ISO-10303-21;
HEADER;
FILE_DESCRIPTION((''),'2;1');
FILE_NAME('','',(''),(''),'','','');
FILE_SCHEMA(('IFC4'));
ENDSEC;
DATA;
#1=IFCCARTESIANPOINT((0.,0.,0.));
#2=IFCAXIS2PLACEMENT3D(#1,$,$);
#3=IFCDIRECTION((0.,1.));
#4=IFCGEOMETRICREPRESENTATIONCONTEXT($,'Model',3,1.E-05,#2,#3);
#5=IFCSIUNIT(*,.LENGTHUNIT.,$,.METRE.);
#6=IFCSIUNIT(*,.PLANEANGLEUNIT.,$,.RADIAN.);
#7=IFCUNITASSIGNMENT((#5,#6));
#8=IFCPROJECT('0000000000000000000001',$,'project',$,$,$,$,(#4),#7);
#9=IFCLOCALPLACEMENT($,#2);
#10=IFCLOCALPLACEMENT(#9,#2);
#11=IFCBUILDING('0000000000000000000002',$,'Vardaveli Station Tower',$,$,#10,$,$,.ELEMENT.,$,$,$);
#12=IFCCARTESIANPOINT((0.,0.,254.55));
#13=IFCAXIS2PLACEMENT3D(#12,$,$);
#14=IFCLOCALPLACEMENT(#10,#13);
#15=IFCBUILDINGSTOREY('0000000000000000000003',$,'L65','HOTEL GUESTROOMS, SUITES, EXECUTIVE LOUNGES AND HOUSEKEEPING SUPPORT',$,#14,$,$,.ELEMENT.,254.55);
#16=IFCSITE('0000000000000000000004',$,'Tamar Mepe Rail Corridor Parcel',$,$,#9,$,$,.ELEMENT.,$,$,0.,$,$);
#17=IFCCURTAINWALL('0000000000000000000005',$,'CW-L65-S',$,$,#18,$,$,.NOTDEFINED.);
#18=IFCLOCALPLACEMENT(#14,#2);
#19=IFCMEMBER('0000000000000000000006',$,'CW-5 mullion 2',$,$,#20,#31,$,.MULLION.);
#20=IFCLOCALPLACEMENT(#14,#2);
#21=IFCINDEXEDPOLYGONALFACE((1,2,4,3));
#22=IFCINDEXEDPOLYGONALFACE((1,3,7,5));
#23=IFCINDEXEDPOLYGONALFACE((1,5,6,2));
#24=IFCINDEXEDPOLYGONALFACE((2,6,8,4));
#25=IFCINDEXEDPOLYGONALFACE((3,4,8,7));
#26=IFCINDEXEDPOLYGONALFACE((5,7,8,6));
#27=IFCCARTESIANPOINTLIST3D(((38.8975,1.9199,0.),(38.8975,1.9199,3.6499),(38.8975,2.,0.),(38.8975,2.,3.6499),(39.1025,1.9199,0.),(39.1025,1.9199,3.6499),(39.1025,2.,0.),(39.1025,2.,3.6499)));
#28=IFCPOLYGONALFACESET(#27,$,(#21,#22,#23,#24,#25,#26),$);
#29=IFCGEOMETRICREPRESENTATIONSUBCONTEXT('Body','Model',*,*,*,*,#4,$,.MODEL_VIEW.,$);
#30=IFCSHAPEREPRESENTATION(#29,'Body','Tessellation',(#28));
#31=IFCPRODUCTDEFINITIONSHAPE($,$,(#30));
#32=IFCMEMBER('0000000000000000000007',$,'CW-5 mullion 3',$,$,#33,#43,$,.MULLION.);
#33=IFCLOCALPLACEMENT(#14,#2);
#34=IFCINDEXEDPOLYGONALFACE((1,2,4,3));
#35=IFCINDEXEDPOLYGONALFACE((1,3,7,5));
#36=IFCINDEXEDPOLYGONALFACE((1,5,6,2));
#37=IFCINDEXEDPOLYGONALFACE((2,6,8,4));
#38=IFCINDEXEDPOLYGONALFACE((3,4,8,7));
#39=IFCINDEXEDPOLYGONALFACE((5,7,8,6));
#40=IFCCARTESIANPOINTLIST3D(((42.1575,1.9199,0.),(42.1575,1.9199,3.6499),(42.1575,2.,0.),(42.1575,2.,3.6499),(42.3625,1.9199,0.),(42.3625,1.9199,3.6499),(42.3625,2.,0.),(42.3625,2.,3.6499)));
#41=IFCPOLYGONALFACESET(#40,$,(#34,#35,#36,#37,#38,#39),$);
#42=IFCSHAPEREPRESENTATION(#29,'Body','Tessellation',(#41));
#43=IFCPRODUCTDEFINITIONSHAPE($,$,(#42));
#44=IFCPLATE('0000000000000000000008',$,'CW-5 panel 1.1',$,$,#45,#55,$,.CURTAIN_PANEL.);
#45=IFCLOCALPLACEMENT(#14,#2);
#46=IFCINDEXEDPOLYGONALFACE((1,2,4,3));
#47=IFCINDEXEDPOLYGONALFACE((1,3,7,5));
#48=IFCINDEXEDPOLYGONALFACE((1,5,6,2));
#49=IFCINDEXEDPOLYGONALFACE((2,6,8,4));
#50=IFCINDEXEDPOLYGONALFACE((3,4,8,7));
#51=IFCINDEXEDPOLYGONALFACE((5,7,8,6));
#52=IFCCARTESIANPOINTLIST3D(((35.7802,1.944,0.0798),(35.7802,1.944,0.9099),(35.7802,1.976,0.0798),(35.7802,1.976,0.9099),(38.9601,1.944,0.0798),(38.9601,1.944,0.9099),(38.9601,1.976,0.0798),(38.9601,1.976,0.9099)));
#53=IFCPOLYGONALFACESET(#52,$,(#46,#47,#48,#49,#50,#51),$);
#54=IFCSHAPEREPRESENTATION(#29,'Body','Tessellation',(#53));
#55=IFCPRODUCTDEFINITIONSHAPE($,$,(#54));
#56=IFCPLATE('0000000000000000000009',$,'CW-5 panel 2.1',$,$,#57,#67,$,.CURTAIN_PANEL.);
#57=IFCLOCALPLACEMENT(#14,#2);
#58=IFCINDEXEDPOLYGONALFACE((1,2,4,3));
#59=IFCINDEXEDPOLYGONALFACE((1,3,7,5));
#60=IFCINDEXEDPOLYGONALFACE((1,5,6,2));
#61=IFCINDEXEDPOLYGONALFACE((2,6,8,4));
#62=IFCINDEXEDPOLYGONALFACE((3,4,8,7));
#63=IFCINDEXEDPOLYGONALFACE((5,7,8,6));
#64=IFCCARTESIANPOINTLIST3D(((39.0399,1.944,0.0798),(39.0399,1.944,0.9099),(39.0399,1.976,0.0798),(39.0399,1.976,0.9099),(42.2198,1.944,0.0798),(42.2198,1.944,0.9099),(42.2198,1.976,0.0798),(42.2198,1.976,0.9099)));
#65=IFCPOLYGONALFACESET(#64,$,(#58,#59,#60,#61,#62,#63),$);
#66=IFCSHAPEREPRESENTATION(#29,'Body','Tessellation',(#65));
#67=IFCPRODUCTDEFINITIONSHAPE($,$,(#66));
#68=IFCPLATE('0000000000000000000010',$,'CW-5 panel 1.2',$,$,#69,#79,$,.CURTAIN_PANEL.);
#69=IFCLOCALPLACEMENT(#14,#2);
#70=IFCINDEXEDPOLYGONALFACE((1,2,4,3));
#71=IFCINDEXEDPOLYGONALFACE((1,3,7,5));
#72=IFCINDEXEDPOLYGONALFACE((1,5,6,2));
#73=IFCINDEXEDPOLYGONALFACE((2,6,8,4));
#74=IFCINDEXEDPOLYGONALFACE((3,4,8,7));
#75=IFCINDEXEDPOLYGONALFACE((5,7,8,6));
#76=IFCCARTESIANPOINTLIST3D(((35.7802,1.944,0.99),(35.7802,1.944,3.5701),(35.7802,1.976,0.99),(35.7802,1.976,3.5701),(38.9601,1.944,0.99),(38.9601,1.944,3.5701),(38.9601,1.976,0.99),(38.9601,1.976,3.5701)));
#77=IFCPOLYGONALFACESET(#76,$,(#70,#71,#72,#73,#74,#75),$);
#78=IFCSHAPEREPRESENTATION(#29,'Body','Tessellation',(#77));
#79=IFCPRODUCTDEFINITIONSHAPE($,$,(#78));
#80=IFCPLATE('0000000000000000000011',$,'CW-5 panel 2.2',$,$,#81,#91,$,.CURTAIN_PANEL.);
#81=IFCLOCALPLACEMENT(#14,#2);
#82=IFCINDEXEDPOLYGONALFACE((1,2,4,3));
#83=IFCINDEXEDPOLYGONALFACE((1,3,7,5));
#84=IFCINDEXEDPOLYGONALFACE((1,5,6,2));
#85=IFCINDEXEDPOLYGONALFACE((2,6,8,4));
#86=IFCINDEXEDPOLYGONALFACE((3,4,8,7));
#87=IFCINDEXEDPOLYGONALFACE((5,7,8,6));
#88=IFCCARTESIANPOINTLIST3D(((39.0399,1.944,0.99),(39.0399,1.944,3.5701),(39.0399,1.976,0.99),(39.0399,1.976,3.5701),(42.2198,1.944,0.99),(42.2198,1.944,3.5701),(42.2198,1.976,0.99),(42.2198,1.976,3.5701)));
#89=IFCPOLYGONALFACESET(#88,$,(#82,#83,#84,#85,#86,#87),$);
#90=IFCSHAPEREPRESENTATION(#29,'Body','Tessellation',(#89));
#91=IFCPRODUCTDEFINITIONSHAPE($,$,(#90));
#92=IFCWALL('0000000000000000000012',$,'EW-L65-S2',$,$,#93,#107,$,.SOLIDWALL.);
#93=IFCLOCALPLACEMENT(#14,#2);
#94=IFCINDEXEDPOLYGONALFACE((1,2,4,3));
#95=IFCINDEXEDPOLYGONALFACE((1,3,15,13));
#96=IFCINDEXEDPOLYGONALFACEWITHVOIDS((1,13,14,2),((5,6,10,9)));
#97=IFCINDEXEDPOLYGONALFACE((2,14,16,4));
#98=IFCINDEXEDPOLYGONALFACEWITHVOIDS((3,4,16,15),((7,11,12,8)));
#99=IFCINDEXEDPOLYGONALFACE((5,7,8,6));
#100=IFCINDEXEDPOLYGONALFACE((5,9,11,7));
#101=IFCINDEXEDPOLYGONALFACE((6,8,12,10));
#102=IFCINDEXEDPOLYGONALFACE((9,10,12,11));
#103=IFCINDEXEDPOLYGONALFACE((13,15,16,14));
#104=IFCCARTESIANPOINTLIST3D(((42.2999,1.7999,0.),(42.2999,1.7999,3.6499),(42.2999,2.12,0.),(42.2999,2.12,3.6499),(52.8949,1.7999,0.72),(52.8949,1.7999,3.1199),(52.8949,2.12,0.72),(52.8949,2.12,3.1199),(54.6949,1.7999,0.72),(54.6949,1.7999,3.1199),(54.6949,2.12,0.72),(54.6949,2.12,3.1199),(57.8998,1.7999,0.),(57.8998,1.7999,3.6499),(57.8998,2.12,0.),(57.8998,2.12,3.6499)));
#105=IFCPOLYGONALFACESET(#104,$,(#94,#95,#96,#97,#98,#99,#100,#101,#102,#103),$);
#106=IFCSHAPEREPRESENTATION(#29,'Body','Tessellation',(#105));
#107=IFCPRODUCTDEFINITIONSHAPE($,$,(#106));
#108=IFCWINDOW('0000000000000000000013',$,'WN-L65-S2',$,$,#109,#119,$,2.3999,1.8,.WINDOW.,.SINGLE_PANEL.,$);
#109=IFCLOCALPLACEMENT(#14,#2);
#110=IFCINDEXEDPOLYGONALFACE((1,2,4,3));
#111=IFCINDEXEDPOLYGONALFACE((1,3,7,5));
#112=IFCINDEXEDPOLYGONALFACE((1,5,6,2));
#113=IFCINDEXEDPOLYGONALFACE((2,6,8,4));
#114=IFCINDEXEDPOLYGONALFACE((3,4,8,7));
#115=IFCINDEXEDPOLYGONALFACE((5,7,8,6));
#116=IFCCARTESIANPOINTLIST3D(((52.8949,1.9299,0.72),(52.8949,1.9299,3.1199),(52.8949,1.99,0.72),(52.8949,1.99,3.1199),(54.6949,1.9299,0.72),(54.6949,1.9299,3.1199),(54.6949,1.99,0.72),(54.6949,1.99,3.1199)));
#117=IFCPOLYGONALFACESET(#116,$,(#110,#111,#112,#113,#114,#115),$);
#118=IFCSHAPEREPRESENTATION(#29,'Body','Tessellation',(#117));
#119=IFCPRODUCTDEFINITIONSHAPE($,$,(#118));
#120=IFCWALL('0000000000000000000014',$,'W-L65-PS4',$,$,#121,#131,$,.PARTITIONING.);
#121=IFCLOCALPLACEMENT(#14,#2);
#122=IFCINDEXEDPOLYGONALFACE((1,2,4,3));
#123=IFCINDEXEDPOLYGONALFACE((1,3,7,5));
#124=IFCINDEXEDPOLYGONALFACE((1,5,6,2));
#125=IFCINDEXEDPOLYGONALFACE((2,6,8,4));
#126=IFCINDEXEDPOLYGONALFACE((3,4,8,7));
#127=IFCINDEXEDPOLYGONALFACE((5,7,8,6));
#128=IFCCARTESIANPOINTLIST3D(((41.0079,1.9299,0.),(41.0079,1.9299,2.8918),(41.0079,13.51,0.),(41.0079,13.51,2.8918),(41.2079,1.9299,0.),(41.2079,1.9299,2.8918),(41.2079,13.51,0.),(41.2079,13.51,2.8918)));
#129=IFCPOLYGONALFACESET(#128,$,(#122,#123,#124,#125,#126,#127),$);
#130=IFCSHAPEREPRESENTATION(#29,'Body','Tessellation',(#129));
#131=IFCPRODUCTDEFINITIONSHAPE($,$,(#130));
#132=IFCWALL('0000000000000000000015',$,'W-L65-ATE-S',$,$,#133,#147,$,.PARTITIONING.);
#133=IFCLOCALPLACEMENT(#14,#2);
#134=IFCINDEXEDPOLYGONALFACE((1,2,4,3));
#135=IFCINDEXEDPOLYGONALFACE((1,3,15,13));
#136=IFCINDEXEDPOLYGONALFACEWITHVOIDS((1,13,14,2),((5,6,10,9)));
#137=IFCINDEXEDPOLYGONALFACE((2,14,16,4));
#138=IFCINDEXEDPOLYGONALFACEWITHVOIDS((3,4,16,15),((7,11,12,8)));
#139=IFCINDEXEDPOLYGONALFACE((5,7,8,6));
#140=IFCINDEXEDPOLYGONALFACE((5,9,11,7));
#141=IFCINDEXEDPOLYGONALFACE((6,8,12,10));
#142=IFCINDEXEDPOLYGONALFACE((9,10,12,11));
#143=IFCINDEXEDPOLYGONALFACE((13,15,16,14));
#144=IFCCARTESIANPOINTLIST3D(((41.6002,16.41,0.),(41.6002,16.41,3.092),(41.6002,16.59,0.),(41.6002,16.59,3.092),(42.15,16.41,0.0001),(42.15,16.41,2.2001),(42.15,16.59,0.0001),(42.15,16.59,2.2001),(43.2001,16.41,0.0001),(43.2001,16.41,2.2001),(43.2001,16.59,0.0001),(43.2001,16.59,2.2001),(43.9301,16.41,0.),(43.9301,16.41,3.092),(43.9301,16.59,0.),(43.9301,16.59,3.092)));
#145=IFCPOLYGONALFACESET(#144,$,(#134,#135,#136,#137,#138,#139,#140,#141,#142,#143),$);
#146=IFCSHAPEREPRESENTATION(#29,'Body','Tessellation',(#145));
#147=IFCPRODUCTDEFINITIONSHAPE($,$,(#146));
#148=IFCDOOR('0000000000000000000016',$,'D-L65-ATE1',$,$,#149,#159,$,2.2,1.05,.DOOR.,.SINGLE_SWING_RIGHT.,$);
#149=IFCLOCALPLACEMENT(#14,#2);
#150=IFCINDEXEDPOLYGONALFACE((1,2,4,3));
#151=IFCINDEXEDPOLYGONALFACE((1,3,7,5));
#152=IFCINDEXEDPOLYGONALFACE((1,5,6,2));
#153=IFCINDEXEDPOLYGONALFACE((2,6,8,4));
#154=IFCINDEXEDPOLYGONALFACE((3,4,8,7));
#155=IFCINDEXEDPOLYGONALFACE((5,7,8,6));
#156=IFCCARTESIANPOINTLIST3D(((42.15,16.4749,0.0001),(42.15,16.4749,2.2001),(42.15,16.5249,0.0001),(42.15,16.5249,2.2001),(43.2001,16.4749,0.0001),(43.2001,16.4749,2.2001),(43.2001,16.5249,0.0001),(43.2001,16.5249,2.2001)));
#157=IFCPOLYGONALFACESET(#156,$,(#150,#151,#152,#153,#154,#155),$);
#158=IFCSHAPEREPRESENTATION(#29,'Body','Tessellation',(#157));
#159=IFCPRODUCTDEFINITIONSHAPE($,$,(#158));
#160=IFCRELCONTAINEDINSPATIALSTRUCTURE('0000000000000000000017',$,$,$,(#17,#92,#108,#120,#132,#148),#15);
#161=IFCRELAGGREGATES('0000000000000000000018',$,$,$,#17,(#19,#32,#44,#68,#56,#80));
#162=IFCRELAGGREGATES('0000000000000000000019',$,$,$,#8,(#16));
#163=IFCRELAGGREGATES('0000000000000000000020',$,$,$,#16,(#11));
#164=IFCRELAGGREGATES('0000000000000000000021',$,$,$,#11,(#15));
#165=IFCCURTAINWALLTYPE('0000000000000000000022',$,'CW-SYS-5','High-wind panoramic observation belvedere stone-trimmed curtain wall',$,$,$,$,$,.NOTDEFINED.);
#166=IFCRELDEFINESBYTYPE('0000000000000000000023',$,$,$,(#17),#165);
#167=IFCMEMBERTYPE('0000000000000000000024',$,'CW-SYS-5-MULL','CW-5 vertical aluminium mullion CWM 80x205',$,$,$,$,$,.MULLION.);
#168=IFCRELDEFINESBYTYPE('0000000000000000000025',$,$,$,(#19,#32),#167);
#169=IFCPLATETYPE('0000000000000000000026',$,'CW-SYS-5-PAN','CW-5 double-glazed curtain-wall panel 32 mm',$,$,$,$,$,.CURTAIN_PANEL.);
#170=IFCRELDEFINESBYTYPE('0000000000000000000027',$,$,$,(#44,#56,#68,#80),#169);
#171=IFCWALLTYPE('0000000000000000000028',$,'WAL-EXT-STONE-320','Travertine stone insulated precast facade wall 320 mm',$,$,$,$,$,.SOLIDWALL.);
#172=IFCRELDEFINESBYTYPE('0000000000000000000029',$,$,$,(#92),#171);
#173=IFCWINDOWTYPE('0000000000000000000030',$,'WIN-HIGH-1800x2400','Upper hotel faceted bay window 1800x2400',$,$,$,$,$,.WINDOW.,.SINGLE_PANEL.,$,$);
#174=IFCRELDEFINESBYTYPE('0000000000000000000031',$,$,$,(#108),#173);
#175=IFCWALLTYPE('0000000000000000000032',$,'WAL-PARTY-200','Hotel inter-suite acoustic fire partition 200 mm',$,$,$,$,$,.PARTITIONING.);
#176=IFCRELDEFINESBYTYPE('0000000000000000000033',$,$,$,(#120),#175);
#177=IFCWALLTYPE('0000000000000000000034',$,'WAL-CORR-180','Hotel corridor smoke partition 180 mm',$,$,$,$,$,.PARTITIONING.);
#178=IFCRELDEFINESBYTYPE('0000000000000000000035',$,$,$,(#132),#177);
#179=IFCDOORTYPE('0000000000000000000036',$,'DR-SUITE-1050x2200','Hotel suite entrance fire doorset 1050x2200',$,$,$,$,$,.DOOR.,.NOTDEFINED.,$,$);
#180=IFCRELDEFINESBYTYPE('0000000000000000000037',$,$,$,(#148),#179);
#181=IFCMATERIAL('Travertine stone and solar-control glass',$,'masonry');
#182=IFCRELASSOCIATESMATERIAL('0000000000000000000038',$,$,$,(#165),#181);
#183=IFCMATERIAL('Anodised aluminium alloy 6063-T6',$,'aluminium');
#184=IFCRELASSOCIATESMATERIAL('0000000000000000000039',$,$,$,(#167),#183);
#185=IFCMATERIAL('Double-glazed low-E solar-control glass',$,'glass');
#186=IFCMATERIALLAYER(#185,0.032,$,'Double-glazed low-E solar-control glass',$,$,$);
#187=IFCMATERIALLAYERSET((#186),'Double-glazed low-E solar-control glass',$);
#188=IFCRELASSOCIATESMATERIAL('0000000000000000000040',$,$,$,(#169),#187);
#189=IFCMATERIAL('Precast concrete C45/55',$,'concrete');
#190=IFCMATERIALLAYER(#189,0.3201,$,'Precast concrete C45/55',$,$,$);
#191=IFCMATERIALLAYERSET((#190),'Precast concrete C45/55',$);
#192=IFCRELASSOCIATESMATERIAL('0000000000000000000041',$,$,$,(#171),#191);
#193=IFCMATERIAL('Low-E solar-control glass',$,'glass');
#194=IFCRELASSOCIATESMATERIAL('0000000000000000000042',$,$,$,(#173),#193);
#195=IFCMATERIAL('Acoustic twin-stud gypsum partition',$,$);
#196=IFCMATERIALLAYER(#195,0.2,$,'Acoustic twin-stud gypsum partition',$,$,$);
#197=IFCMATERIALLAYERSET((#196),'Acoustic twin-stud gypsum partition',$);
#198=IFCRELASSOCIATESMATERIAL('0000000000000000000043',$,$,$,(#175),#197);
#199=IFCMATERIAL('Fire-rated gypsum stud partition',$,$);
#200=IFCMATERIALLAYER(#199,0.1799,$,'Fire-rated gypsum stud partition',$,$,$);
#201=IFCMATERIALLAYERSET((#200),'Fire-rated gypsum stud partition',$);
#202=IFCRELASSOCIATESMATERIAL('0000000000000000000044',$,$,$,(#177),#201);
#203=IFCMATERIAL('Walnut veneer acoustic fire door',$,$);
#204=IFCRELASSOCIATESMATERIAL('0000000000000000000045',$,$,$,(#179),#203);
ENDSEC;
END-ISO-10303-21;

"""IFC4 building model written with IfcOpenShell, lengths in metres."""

from ifc_helpers import new_model, si_unit, direction, frame, frame_2d, origin, origin_2d, place, context, subcontext, project, spatial, rectangle, extrude, source, transform, mapped, material, layer, layer_set, material_profile, profile_set, type_object, element, fill, aggregate, save


model = new_model("IFC4")

# Units and contexts
model_context = context("Model", 3, precision=1e-05, world=origin(), true_north=direction((0.0, 1.0)))
body_context = subcontext(model_context, "Body", "Model", "MODEL_VIEW")
ifc_project = project(units=[si_unit("LENGTHUNIT", "METRE"), si_unit("PLANEANGLEUNIT", "RADIAN")], contexts=[model_context])

# Site, building, storey
site_placement = place(None, origin())
site = spatial("IfcSite", under=ifc_project, at=site_placement, Name="Tamar Mepe Rail Corridor Parcel", CompositionType="ELEMENT", RefElevation=0.0)
building_placement = place(site_placement, origin())
building = spatial("IfcBuilding", under=site, at=building_placement, Name="Vardaveli Station Tower", CompositionType="ELEMENT")
storey_placement = place(building_placement, frame((0.0, 0.0, 254.55)))
storey = spatial("IfcBuildingStorey", under=building, at=storey_placement, Name="L65", Description="HOTEL GUESTROOMS, SUITES, EXECUTIVE LOUNGES AND HOUSEKEEPING SUPPORT", CompositionType="ELEMENT", Elevation=254.55)

# Shared definitions
ifc_material_1 = material(Name="Precast concrete C45/55", Category="concrete")

# Curtain wall, members, plates
ifc_material_2 = material(Name="Travertine stone and solar-control glass", Category="masonry")
curtain_wall_type = type_object("IfcCurtainWallType", Name="CW-SYS-5", Description="High-wind panoramic observation belvedere stone-trimmed curtain wall", PredefinedType="NOTDEFINED", material=ifc_material_2)
curtain_wall_placement = place(storey_placement, origin())
curtain_wall = element("IfcCurtainWall", 1, at=curtain_wall_placement, inside=storey, type_object=curtain_wall_type, Name="CW-L65-S", PredefinedType="NOTDEFINED")
ifc_material_3 = material(Name="Anodised aluminium alloy 6063-T6", Category="aluminium")
ifc_material_profile_1 = material_profile(ifc_material_3, rectangle(XDim=0.0801, YDim=0.2051, at=origin_2d()), Name="CWM 80x205")
ifc_profile_set_1 = profile_set([ifc_material_profile_1], Name="Anodised aluminium alloy 6063-T6")
member_type_1 = type_object("IfcMemberType", Name="CW-SYS-5-MULL", Description="CW-5 vertical aluminium mullion CWM 80x205", PredefinedType="MULLION", material=ifc_profile_set_1)
shared_shape_1 = source(origin(), body_context, "Body", "SweptSolid", [
    extrude(rectangle(XDim=0.0801, YDim=0.2051, at=origin_2d()), origin(), (0.0, 0.0, 1.0), 3.6499),
])
member_1_placement = place(storey_placement, frame((39.0, 1.96, 0.0), z_axis=(0.0, 0.0, 1.0), x_axis=(0.0, 1.0, 0.0)))
member_1 = element("IfcMember", 2, at=member_1_placement, type_object=member_type_1, Name="CW-5 mullion 2", PredefinedType="MULLION", context=body_context, shape_type="MappedRepresentation", body=[
    mapped(shared_shape_1, transform((0.0, 0.0, 0.0), scale=1.0)),
])
member_2_placement = place(storey_placement, frame((42.26, 1.96, 0.0), z_axis=(0.0, 0.0, 1.0), x_axis=(0.0, 1.0, 0.0)))
member_2 = element("IfcMember", 3, at=member_2_placement, type_object=member_type_1, Name="CW-5 mullion 3", PredefinedType="MULLION", context=body_context, shape_type="MappedRepresentation", body=[
    mapped(shared_shape_1, transform((0.0, 0.0, 0.0), scale=1.0)),
])
ifc_material_4 = material(Name="Double-glazed low-E solar-control glass", Category="glass")
ifc_layer_1 = layer(ifc_material_4, 0.032, Name="Double-glazed low-E solar-control glass")
ifc_layer_set_1 = layer_set([ifc_layer_1], Name="Double-glazed low-E solar-control glass")
plate_type = type_object("IfcPlateType", Name="CW-SYS-5-PAN", Description="CW-5 double-glazed curtain-wall panel 32 mm", PredefinedType="CURTAIN_PANEL", material=ifc_layer_set_1)
shared_shape_2 = source(origin(), body_context, "Body", "SweptSolid", [
    extrude(rectangle(XDim=3.1799, YDim=0.032, at=origin_2d()), origin(), (0.0, 0.0, 1.0), 0.8301),
])
plate_1_placement = place(storey_placement, frame((37.3701, 1.96, 0.0798), z_axis=(0.0, 0.0, 1.0), x_axis=(1.0, 0.0, 0.0)))
plate_1 = element("IfcPlate", 4, at=plate_1_placement, type_object=plate_type, Name="CW-5 panel 1.1", PredefinedType="CURTAIN_PANEL", context=body_context, shape_type="MappedRepresentation", body=[
    mapped(shared_shape_2, transform((0.0, 0.0, 0.0), scale=1.0)),
])
plate_2_placement = place(storey_placement, frame((40.6299, 1.96, 0.0798), z_axis=(0.0, 0.0, 1.0), x_axis=(1.0, 0.0, 0.0)))
plate_2 = element("IfcPlate", 5, at=plate_2_placement, type_object=plate_type, Name="CW-5 panel 2.1", PredefinedType="CURTAIN_PANEL", context=body_context, shape_type="MappedRepresentation", body=[
    mapped(shared_shape_2, transform((0.0, 0.0, 0.0), scale=1.0)),
])
shared_shape_3 = source(origin(), body_context, "Body", "SweptSolid", [
    extrude(rectangle(XDim=3.1799, YDim=0.032, at=origin_2d()), origin(), (0.0, 0.0, 1.0), 2.5801),
])
plate_3_placement = place(storey_placement, frame((37.3701, 1.96, 0.99), z_axis=(0.0, 0.0, 1.0), x_axis=(1.0, 0.0, 0.0)))
plate_3 = element("IfcPlate", 6, at=plate_3_placement, type_object=plate_type, Name="CW-5 panel 1.2", PredefinedType="CURTAIN_PANEL", context=body_context, shape_type="MappedRepresentation", body=[
    mapped(shared_shape_3, transform((0.0, 0.0, 0.0), scale=1.0)),
])
plate_4_placement = place(storey_placement, frame((40.6299, 1.96, 0.99), z_axis=(0.0, 0.0, 1.0), x_axis=(1.0, 0.0, 0.0)))
plate_4 = element("IfcPlate", 7, at=plate_4_placement, type_object=plate_type, Name="CW-5 panel 2.2", PredefinedType="CURTAIN_PANEL", context=body_context, shape_type="MappedRepresentation", body=[
    mapped(shared_shape_3, transform((0.0, 0.0, 0.0), scale=1.0)),
])
aggregate(curtain_wall, [member_1, member_2, plate_1, plate_3, plate_2, plate_4])

# Wall, opening, window
ifc_layer_2 = layer(ifc_material_1, 0.3201, Name="Precast concrete C45/55")
ifc_layer_set_2 = layer_set([ifc_layer_2], Name="Precast concrete C45/55")
wall_type_1 = type_object("IfcWallType", Name="WAL-EXT-STONE-320", Description="Travertine stone insulated precast facade wall 320 mm", PredefinedType="SOLIDWALL", material=ifc_layer_set_2)
shared_shape_4 = source(origin(), body_context, "Body", "SweptSolid", [
    extrude(rectangle(XDim=15.5999, YDim=0.3201, at=frame_2d((7.7998, 0.0))), origin(), (0.0, 0.0, 1.0), 3.6499),
])
wall_1_placement = place(storey_placement, frame((42.3, 1.96, 0.0), z_axis=(0.0, 0.0, 1.0), x_axis=(1.0, 0.0, 0.0)))
wall_1 = element("IfcWall", 8, at=wall_1_placement, inside=storey, type_object=wall_type_1, Name="EW-L65-S2", PredefinedType="SOLIDWALL", context=body_context, shape_type="MappedRepresentation", body=[
    mapped(shared_shape_4, transform((0.0, 0.0, 0.0), scale=1.0)),
])
shared_shape_5 = source(origin(), body_context, "Body", "SweptSolid", [
    extrude(rectangle(XDim=1.8, YDim=2.3999, at=frame_2d((0.8999, 1.2))), frame((0.0, 0.1699, 0.0), z_axis=(0.0, -1.0, 0.0), x_axis=(1.0, 0.0, 0.0)), (0.0, 0.0, 1.0), 0.3401),
])
opening_1_placement = place(wall_1_placement, frame((10.595, 0.0, 0.72)))
opening_1 = element("IfcOpeningElement", 9, at=opening_1_placement, cuts=wall_1, PredefinedType="OPENING", context=body_context, shape_type="MappedRepresentation", body=[
    mapped(shared_shape_5, transform((0.0, 0.0, 0.0), scale=1.0)),
])
ifc_material_5 = material(Name="Low-E solar-control glass", Category="glass")
window_type = type_object("IfcWindowType", Name="WIN-HIGH-1800x2400", Description="Upper hotel faceted bay window 1800x2400", PartitioningType="SINGLE_PANEL", PredefinedType="WINDOW", material=ifc_material_5)
shared_shape_6 = source(origin(), body_context, "Body", "SweptSolid", [
    extrude(rectangle(XDim=1.8, YDim=2.3999, at=frame_2d((0.8999, 1.2))), frame((0.0, 0.03, 0.0), z_axis=(0.0, -1.0, 0.0), x_axis=(1.0, 0.0, 0.0)), (0.0, 0.0, 1.0), 0.0601),
])
window_placement = place(opening_1_placement, origin())
window = element("IfcWindow", 10, at=window_placement, inside=storey, type_object=window_type, Name="WN-L65-S2", OverallHeight=2.3999, OverallWidth=1.8, PartitioningType="SINGLE_PANEL", PredefinedType="WINDOW", context=body_context, shape_type="MappedRepresentation", body=[
    mapped(shared_shape_6, transform((0.0, 0.0, 0.0), scale=1.0)),
])
fill(opening_1, window)

# Wall
ifc_material_6 = material(Name="Acoustic twin-stud gypsum partition")
ifc_layer_3 = layer(ifc_material_6, 0.2, Name="Acoustic twin-stud gypsum partition")
ifc_layer_set_3 = layer_set([ifc_layer_3], Name="Acoustic twin-stud gypsum partition")
wall_type_2 = type_object("IfcWallType", Name="WAL-PARTY-200", Description="Hotel inter-suite acoustic fire partition 200 mm", PredefinedType="PARTITIONING", material=ifc_layer_set_3)
shared_shape_7 = source(origin(), body_context, "Body", "SweptSolid", [
    extrude(rectangle(XDim=11.5801, YDim=0.2, at=frame_2d((5.79, 0.0))), origin(), (0.0, 0.0, 1.0), 2.8918),
])
wall_2_placement = place(storey_placement, frame((41.1079, 1.9299, 0.0), z_axis=(0.0, 0.0, 1.0), x_axis=(0.0, 1.0, 0.0)))
element("IfcWall", 11, at=wall_2_placement, inside=storey, type_object=wall_type_2, Name="W-L65-PS4", PredefinedType="PARTITIONING", context=body_context, shape_type="MappedRepresentation", body=[
    mapped(shared_shape_7, transform((0.0, 0.0, 0.0), scale=1.0)),
])

# Wall, opening, door
ifc_material_7 = material(Name="Fire-rated gypsum stud partition")
ifc_layer_4 = layer(ifc_material_7, 0.1799, Name="Fire-rated gypsum stud partition")
ifc_layer_set_4 = layer_set([ifc_layer_4], Name="Fire-rated gypsum stud partition")
wall_type_3 = type_object("IfcWallType", Name="WAL-CORR-180", Description="Hotel corridor smoke partition 180 mm", PredefinedType="PARTITIONING", material=ifc_layer_set_4)
shared_shape_8 = source(origin(), body_context, "Body", "SweptSolid", [
    extrude(rectangle(XDim=2.3298, YDim=0.1799, at=frame_2d((1.165, 0.0))), origin(), (0.0, 0.0, 1.0), 3.092),
])
wall_3_placement = place(storey_placement, frame((41.6001, 16.5, 0.0), z_axis=(0.0, 0.0, 1.0), x_axis=(1.0, 0.0, 0.0)))
wall_3 = element("IfcWall", 12, at=wall_3_placement, inside=storey, type_object=wall_type_3, Name="W-L65-ATE-S", PredefinedType="PARTITIONING", context=body_context, shape_type="MappedRepresentation", body=[
    mapped(shared_shape_8, transform((0.0, 0.0, 0.0), scale=1.0)),
])
shared_shape_9 = source(origin(), body_context, "Body", "SweptSolid", [
    extrude(rectangle(XDim=1.05, YDim=2.2, at=frame_2d((0.5249, 1.1001))), frame((0.0, 0.1001, 0.0), z_axis=(0.0, -1.0, 0.0), x_axis=(1.0, 0.0, 0.0)), (0.0, 0.0, 1.0), 0.2),
])
opening_2_placement = place(wall_3_placement, frame((0.55, 0.0, 0.0)))
opening_2 = element("IfcOpeningElement", 13, at=opening_2_placement, cuts=wall_3, PredefinedType="OPENING", context=body_context, shape_type="MappedRepresentation", body=[
    mapped(shared_shape_9, transform((0.0, 0.0, 0.0), scale=1.0)),
])
ifc_material_8 = material(Name="Walnut veneer acoustic fire door")
door_type = type_object("IfcDoorType", Name="DR-SUITE-1050x2200", Description="Hotel suite entrance fire doorset 1050x2200", OperationType="NOTDEFINED", PredefinedType="DOOR", material=ifc_material_8)
shared_shape_10 = source(origin(), body_context, "Body", "SweptSolid", [
    extrude(rectangle(XDim=1.05, YDim=2.2, at=frame_2d((0.5249, 1.1001))), frame((0.0, 0.0249, 0.0), z_axis=(0.0, -1.0, 0.0), x_axis=(1.0, 0.0, 0.0)), (0.0, 0.0, 1.0), 0.05),
])
door_placement = place(opening_2_placement, origin())
door = element("IfcDoor", 14, at=door_placement, inside=storey, type_object=door_type, Name="D-L65-ATE1", OperationType="SINGLE_SWING_RIGHT", OverallHeight=2.2, OverallWidth=1.05, PredefinedType="DOOR", context=body_context, shape_type="MappedRepresentation", body=[
    mapped(shared_shape_10, transform((0.0, 0.0, 0.0), scale=1.0)),
])
fill(opening_2, door)

save(model, "model.ifc")
